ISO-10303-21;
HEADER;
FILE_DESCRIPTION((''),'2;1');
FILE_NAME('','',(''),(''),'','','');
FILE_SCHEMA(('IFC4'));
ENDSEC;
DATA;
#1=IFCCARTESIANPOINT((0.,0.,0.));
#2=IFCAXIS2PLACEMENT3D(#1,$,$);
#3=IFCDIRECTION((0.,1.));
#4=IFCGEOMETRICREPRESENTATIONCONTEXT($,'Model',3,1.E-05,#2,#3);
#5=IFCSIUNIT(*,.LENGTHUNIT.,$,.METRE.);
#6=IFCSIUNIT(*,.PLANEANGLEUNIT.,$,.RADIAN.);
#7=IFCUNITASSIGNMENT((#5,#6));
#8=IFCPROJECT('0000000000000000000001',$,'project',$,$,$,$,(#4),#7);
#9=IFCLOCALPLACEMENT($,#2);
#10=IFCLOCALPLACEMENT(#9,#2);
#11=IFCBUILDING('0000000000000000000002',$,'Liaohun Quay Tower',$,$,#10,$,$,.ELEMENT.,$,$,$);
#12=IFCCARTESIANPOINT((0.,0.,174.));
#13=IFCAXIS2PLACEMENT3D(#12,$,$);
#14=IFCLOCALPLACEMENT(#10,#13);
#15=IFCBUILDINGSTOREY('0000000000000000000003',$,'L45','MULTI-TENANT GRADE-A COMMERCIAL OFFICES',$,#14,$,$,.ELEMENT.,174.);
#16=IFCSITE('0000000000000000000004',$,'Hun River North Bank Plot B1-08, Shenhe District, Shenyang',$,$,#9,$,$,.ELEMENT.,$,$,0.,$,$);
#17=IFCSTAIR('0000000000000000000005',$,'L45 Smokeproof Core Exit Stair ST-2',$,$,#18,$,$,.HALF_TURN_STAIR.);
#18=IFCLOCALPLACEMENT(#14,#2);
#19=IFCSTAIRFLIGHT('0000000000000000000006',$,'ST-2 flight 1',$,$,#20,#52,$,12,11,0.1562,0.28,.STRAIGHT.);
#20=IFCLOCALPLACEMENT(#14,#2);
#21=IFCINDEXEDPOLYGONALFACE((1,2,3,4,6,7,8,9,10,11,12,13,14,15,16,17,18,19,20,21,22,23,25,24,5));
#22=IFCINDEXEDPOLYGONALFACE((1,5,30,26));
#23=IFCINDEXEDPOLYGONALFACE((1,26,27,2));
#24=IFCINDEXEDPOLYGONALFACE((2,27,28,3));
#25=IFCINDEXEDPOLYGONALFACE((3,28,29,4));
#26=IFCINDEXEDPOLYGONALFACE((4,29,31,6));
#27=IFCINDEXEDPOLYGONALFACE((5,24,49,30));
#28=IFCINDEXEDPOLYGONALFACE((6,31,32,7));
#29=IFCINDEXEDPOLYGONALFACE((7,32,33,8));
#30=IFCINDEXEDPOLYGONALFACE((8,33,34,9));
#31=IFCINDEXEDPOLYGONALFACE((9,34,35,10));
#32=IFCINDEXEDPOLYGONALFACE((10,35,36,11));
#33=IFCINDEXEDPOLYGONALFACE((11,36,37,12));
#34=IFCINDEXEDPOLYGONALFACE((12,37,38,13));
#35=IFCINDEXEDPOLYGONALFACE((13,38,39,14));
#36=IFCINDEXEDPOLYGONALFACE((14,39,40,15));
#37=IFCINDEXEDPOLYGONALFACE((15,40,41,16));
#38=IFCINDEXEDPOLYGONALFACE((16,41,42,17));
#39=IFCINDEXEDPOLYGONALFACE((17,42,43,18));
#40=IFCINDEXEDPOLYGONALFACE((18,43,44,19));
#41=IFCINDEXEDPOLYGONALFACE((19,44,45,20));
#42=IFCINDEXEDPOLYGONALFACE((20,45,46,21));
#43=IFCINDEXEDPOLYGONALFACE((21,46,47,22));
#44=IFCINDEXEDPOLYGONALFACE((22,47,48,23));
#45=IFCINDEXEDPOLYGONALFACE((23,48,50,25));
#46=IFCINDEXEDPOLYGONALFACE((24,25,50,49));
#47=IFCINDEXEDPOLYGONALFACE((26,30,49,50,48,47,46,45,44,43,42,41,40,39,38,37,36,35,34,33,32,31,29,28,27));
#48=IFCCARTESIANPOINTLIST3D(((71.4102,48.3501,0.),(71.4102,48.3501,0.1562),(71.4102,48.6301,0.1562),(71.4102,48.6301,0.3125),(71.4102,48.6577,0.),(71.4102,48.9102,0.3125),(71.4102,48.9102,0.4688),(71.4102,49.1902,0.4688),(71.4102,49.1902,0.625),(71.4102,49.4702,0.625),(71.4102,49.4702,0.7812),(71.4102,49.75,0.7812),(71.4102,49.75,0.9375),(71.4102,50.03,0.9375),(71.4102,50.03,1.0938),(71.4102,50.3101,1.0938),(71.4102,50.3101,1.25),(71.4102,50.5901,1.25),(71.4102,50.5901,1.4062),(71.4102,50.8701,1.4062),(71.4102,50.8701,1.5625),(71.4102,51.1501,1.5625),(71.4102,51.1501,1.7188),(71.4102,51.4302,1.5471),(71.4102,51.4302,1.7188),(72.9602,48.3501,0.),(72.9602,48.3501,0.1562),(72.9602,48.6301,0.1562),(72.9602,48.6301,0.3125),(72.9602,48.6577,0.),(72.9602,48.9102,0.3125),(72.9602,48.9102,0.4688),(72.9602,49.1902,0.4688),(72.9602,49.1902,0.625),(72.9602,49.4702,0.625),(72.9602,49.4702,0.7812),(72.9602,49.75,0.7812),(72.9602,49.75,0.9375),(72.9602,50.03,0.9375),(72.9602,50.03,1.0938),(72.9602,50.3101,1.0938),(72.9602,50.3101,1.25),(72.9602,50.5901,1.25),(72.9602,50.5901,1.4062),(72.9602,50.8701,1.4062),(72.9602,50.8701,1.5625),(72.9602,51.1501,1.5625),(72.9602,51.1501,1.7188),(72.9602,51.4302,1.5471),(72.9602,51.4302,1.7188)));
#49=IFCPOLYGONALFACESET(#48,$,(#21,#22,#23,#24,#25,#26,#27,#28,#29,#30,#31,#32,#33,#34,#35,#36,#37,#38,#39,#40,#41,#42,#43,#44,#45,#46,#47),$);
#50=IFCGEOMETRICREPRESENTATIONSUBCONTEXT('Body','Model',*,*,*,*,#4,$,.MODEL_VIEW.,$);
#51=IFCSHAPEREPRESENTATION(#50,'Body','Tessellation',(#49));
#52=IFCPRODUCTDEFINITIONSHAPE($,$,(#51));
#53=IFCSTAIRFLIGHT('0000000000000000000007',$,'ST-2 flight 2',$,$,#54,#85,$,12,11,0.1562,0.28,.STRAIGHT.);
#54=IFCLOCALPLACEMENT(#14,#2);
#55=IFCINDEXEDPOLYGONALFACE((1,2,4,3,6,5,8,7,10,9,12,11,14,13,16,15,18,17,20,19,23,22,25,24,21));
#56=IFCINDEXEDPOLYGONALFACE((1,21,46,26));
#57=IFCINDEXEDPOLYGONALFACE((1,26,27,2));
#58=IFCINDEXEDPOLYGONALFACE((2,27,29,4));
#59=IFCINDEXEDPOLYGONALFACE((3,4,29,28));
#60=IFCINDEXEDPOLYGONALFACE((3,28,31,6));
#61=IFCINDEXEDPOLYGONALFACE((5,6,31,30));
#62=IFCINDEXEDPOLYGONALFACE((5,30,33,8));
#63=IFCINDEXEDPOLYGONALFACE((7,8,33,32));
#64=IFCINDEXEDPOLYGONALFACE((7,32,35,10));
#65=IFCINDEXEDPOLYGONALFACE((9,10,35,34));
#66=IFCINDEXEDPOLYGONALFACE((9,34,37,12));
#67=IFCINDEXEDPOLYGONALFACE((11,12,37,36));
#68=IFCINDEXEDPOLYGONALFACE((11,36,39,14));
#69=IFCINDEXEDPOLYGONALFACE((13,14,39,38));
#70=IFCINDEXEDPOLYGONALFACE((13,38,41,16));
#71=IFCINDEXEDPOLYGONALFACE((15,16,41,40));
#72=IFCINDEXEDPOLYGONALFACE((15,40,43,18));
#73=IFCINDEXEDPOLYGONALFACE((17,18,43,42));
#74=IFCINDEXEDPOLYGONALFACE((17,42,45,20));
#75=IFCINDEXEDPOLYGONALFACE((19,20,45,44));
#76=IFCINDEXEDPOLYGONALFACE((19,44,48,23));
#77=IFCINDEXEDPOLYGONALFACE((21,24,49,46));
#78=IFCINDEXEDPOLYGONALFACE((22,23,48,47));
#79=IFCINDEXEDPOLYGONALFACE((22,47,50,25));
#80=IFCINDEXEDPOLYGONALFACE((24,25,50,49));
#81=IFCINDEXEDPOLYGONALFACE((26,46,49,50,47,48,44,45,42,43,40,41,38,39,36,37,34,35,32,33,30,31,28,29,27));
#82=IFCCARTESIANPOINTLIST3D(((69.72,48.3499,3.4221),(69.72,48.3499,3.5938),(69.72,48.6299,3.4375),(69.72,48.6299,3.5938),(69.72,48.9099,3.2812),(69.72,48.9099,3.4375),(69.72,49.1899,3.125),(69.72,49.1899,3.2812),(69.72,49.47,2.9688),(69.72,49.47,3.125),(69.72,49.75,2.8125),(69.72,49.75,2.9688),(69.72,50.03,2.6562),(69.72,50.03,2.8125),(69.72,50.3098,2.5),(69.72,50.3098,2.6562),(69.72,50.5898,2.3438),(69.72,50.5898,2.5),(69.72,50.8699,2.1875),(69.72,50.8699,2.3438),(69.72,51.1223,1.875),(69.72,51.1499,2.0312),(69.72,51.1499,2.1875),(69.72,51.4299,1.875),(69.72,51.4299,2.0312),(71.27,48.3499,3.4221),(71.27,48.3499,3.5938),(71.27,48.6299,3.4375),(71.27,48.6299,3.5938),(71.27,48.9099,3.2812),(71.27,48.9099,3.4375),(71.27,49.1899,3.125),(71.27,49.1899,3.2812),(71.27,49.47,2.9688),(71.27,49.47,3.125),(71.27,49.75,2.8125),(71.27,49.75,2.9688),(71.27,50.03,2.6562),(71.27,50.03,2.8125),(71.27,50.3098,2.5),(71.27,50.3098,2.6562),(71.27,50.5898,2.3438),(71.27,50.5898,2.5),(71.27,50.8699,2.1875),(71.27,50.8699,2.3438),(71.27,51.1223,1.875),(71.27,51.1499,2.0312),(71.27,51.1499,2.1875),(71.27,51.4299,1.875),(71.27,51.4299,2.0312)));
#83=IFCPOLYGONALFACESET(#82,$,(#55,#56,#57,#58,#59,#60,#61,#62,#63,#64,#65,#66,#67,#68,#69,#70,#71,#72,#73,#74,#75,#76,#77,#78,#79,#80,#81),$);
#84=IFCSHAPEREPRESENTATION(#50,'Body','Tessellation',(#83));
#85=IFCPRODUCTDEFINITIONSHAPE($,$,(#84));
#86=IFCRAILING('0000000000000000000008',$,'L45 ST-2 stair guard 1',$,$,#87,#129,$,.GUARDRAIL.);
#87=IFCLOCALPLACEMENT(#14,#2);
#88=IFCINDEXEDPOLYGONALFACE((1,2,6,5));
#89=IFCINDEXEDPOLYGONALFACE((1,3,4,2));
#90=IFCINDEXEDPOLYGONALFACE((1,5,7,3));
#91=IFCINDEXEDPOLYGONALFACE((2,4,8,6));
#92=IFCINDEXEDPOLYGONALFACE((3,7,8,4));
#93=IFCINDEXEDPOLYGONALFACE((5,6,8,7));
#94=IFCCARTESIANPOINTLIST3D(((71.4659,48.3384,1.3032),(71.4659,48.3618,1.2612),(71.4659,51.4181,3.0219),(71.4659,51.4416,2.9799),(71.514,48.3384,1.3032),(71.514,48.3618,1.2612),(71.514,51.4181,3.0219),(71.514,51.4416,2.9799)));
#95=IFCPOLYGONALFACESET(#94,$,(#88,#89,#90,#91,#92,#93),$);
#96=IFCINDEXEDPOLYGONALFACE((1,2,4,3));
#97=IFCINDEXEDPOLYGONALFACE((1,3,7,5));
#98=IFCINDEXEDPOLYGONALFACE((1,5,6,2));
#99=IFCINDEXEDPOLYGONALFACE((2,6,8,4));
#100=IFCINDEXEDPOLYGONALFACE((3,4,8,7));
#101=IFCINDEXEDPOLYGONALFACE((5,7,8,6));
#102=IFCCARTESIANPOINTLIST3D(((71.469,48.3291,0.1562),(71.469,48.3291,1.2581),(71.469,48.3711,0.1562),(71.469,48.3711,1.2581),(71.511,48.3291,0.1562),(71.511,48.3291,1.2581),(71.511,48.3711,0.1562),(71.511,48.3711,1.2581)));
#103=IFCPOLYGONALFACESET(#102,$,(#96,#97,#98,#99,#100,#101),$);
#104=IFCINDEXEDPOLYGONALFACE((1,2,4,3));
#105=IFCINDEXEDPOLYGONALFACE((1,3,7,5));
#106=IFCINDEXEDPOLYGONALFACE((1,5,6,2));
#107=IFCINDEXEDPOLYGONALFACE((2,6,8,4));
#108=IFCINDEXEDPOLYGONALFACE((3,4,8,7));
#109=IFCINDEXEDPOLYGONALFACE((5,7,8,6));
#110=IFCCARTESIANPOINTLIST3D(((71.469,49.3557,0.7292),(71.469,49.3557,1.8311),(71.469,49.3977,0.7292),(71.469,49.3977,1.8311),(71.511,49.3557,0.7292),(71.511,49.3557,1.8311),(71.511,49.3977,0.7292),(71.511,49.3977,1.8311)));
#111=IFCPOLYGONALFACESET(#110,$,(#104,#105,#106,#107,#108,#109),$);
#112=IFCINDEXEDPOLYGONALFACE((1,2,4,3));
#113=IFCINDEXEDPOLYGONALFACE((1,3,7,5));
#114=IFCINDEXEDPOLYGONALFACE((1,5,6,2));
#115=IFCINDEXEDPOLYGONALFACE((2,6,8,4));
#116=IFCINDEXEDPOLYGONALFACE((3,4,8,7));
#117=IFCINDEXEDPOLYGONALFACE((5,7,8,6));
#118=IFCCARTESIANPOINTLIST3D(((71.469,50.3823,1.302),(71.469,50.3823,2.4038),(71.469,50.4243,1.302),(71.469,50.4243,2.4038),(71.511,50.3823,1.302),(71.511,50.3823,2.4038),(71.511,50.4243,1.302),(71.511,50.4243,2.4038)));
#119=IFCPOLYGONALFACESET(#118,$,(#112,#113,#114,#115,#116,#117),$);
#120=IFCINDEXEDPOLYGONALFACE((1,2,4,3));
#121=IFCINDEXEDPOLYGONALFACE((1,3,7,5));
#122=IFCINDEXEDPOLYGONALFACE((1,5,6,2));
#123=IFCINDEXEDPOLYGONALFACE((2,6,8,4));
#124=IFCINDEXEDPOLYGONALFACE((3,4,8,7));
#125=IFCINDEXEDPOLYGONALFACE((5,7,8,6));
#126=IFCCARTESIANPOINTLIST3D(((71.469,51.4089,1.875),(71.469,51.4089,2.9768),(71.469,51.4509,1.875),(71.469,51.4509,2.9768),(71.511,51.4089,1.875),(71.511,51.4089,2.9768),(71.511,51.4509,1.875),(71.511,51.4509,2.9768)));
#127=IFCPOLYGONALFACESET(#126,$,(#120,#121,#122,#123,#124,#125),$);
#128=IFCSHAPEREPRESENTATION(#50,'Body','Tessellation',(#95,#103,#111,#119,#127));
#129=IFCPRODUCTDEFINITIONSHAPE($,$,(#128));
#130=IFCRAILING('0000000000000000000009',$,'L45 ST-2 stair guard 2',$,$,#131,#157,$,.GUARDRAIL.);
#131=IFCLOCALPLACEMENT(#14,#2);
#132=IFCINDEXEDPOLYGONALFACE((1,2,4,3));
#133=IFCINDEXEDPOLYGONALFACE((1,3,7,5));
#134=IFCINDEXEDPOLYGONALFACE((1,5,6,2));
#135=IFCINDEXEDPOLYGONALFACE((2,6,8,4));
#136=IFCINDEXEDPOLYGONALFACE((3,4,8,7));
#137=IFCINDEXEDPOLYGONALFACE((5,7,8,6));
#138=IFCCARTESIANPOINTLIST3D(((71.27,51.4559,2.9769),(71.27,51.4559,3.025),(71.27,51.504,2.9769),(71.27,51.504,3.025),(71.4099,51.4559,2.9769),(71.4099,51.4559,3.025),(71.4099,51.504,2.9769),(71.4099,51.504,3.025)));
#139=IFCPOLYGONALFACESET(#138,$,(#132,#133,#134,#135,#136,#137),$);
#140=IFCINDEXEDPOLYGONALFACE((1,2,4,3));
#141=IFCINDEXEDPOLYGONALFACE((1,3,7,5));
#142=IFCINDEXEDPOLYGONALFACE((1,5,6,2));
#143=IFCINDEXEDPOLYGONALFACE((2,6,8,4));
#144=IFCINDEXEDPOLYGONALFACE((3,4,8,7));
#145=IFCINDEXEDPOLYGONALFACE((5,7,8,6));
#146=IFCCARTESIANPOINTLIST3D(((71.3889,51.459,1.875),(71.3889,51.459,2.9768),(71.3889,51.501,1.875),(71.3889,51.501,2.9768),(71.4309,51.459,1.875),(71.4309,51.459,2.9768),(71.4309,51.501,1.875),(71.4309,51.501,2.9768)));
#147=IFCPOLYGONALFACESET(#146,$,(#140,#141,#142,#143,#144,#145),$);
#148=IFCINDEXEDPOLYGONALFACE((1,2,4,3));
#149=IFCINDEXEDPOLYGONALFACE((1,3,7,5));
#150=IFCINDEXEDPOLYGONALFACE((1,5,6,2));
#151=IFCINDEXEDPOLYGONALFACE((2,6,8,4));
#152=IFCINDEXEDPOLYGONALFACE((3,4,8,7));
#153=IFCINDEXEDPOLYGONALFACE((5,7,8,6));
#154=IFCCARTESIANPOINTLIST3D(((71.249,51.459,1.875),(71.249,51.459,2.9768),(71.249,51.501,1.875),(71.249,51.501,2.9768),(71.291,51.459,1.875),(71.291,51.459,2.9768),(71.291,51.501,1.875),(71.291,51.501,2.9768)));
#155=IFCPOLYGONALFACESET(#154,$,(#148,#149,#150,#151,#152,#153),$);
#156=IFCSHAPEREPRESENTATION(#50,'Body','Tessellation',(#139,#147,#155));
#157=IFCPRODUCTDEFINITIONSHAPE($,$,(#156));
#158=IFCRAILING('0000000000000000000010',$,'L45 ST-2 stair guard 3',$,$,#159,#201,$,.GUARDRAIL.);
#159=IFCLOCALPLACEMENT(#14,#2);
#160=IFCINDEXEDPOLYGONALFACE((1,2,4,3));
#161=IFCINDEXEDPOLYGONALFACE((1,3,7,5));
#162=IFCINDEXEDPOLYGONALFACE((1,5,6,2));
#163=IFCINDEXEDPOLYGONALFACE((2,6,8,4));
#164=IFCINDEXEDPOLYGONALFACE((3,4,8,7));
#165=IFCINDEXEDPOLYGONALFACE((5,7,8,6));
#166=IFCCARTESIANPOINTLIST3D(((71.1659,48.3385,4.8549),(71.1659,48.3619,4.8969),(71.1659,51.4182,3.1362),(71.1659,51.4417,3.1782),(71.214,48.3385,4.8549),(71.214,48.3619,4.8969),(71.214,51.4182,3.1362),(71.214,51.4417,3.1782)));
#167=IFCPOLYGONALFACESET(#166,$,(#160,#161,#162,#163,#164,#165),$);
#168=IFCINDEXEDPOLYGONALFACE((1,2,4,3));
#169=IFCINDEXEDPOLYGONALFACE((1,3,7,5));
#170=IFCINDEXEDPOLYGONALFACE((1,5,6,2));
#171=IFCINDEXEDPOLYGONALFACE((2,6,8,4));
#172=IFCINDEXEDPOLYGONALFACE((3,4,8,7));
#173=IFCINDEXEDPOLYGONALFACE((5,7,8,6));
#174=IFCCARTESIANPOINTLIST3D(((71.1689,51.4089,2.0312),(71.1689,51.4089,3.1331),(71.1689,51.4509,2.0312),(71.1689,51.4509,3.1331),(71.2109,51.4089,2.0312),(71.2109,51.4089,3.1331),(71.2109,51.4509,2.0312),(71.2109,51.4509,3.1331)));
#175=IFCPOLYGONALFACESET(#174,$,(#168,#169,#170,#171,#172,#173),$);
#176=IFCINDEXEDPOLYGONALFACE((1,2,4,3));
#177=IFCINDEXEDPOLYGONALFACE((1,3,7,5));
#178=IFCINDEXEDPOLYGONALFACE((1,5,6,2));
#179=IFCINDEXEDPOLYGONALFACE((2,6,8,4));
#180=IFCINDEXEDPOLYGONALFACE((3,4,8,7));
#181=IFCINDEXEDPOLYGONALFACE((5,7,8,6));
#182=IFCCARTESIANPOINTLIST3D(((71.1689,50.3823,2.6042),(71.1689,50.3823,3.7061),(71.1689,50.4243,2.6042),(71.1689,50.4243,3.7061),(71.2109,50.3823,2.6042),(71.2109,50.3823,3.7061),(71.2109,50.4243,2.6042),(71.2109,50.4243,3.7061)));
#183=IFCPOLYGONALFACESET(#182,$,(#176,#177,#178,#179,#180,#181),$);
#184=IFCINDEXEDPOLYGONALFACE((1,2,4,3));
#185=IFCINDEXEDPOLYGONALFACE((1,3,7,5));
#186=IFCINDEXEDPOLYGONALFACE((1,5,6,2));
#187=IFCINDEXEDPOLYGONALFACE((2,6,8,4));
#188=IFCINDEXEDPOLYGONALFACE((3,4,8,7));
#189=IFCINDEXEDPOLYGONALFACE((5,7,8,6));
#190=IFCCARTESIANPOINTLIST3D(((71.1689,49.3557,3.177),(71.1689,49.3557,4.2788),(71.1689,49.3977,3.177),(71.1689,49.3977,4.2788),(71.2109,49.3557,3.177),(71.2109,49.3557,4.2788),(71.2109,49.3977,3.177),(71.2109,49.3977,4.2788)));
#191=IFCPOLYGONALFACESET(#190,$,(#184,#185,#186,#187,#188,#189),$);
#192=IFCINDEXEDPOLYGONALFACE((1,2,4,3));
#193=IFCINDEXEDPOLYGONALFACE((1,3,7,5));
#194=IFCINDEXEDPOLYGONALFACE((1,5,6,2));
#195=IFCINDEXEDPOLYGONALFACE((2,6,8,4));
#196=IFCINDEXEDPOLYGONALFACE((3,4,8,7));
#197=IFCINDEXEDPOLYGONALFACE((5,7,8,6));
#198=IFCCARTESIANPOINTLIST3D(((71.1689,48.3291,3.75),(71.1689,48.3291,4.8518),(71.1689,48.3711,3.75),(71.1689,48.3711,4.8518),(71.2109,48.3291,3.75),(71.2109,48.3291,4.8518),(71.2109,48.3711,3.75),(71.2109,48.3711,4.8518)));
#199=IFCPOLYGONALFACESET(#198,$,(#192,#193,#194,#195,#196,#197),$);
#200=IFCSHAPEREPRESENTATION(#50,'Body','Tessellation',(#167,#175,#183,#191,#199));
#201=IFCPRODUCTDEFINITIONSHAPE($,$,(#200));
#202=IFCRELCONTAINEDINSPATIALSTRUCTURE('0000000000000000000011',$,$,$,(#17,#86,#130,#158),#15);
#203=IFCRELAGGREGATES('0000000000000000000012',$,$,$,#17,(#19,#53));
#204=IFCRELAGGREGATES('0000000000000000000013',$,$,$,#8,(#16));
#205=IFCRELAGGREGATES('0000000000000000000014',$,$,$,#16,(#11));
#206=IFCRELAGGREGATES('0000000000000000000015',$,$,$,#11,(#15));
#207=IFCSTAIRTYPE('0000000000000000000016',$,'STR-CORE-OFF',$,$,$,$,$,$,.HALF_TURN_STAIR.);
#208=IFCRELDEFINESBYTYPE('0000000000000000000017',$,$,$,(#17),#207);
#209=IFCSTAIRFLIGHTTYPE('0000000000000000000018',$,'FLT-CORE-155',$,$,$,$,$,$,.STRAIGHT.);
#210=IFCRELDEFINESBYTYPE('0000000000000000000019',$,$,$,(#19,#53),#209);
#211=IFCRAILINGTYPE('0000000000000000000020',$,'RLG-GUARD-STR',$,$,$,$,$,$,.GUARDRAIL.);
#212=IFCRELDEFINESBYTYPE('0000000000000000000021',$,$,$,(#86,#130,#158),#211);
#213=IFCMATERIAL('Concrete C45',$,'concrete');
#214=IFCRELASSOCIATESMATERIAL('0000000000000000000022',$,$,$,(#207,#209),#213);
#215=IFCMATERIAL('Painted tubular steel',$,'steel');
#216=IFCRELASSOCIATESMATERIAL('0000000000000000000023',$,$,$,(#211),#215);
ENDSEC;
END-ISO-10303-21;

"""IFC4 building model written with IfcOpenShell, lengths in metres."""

from ifc_helpers import new_model, si_unit, direction, frame, origin, origin_2d, place, context, subcontext, project, spatial, polyline, rectangle, outline, extrude, material, type_object, element, aggregate, save


model = new_model("IFC4")

# Units and contexts
model_context = context("Model", 3, precision=1e-05, world=origin(), true_north=direction((0.0, 1.0)))
body_context = subcontext(model_context, "Body", "Model", "MODEL_VIEW")
ifc_project = project(units=[si_unit("LENGTHUNIT", "METRE"), si_unit("PLANEANGLEUNIT", "RADIAN")], contexts=[model_context])

# Site, building, storey
site_placement = place(None, origin())
site = spatial("IfcSite", under=ifc_project, at=site_placement, Name="Hun River North Bank Plot B1-08, Shenhe District, Shenyang", CompositionType="ELEMENT", RefElevation=0.0)
building_placement = place(site_placement, origin())
building = spatial("IfcBuilding", under=site, at=building_placement, Name="Liaohun Quay Tower", CompositionType="ELEMENT")
storey_placement = place(building_placement, frame((0.0, 0.0, 174.0)))
storey = spatial("IfcBuildingStorey", under=building, at=storey_placement, Name="L45", Description="MULTI-TENANT GRADE-A COMMERCIAL OFFICES", CompositionType="ELEMENT", Elevation=174.0)

# Stair, stair flights
ifc_material_1 = material(Name="Concrete C45", Category="concrete")
stair_type = type_object("IfcStairType", Name="STR-CORE-OFF", PredefinedType="HALF_TURN_STAIR", material=ifc_material_1)
stair_placement = place(storey_placement, origin())
stair = element("IfcStair", 1, at=stair_placement, inside=storey, type_object=stair_type, Name="L45 Smokeproof Core Exit Stair ST-2", PredefinedType="HALF_TURN_STAIR")
stair_flight_type = type_object("IfcStairFlightType", Name="FLT-CORE-155", PredefinedType="STRAIGHT", material=ifc_material_1)
stair_flight_1_placement = place(storey_placement, frame((72.1851, 48.3501, 0.0), z_axis=(0.0, 0.0, 1.0), x_axis=(0.0, 1.0, 0.0)))
stair_flight_1 = element("IfcStairFlight", 2, at=stair_flight_1_placement, type_object=stair_flight_type, Name="ST-2 flight 1", NumberOfRisers=12, NumberOfTreads=11, PredefinedType="STRAIGHT", RiserHeight=0.1562, TreadLength=0.28, context=body_context, shape_type="SweptSolid", body=[
    extrude(outline(polyline([(0.0, 0.0), (0.0, 0.1562), (0.28, 0.1562), (0.28, 0.3125), (0.5601, 0.3125), (0.5601, 0.4688), (0.8401, 0.4688), (0.8401, 0.625), (1.1201, 0.625), (1.1201, 0.7812), (1.3999, 0.7812), (1.3999, 0.9375), (1.6799, 0.9375), (1.6799, 1.0938), (1.96, 1.0938), (1.96, 1.25), (2.24, 1.25), (2.24, 1.4062), (2.52, 1.4062), (2.52, 1.5625), (2.8, 1.5625), (2.8, 1.7188), (3.0801, 1.7188), (3.0801, 1.875), (3.0801, 1.5471), (0.3076, 0.0), (0.0, 0.0)])), frame((0.0, 0.7749, 0.0), z_axis=(0.0, -1.0, 0.0), x_axis=(1.0, 0.0, 0.0)), (0.0, 0.0, 1.0), 1.55),
])
stair_flight_2_placement = place(storey_placement, frame((70.4951, 51.4299, 1.875), z_axis=(0.0, 0.0, 1.0), x_axis=(0.0, -1.0, 0.0)))
stair_flight_2 = element("IfcStairFlight", 3, at=stair_flight_2_placement, type_object=stair_flight_type, Name="ST-2 flight 2", NumberOfRisers=12, NumberOfTreads=11, PredefinedType="STRAIGHT", RiserHeight=0.1562, TreadLength=0.28, context=body_context, shape_type="SweptSolid", body=[
    extrude(outline(polyline([(0.0, 0.0), (0.0, 0.1562), (0.28, 0.1562), (0.28, 0.3125), (0.5601, 0.3125), (0.5601, 0.4688), (0.8401, 0.4688), (0.8401, 0.625), (1.1201, 0.625), (1.1201, 0.7812), (1.3999, 0.7812), (1.3999, 0.9375), (1.6799, 0.9375), (1.6799, 1.0938), (1.96, 1.0938), (1.96, 1.25), (2.24, 1.25), (2.24, 1.4062), (2.52, 1.4062), (2.52, 1.5625), (2.8, 1.5625), (2.8, 1.7188), (3.0801, 1.7188), (3.0801, 1.875), (3.0801, 1.5471), (0.3076, 0.0), (0.0, 0.0)])), frame((0.0, 0.7749, 0.0), z_axis=(0.0, -1.0, 0.0), x_axis=(1.0, 0.0, 0.0)), (0.0, 0.0, 1.0), 1.55),
])
aggregate(stair, [stair_flight_1, stair_flight_2])

# Railings
ifc_material_2 = material(Name="Painted tubular steel", Category="steel")
railing_type_1 = type_object("IfcRailingType", Name="RLG-GUARD-STR", PredefinedType="GUARDRAIL", material=ifc_material_2)
railing_1_placement = place(storey_placement, frame((71.49, 48.3501, 0.1562)))
element("IfcRailing", 4, at=railing_1_placement, inside=storey, type_object=railing_type_1, Name="L45 ST-2 stair guard 1", PredefinedType="GUARDRAIL", context=body_context, shape_type="SweptSolid", body=[
    extrude(rectangle(XDim=0.0481, YDim=0.0481, at=origin_2d()), frame((0.0, 0.0, 1.126), z_axis=(0.0, 0.873225, 0.487317), x_axis=(-1.0, 0.0, 0.0)), (0.0, 0.0, 1.0), 3.5269),
    extrude(rectangle(XDim=0.042, YDim=0.042, at=origin_2d()), origin(), (0.0, 0.0, 1.0), 1.1018),
    extrude(rectangle(XDim=0.042, YDim=0.042, at=origin_2d()), frame((0.0, 1.0266, 0.573)), (0.0, 0.0, 1.0), 1.1018),
    extrude(rectangle(XDim=0.042, YDim=0.042, at=origin_2d()), frame((0.0, 2.0532, 1.1458)), (0.0, 0.0, 1.0), 1.1018),
    extrude(rectangle(XDim=0.042, YDim=0.042, at=origin_2d()), frame((0.0, 3.0798, 1.7188)), (0.0, 0.0, 1.0), 1.1018),
])
railing_2_placement = place(storey_placement, frame((71.4099, 51.48, 1.875)))
element("IfcRailing", 5, at=railing_2_placement, inside=storey, type_object=railing_type_1, Name="L45 ST-2 stair guard 2", PredefinedType="GUARDRAIL", context=body_context, shape_type="SweptSolid", body=[
    extrude(rectangle(XDim=0.0481, YDim=0.0481, at=origin_2d()), frame((0.0, 0.0, 1.126), z_axis=(-1.0, 0.0, 0.0), x_axis=(0.0, -1.0, 0.0)), (0.0, 0.0, 1.0), 0.1399),
    extrude(rectangle(XDim=0.042, YDim=0.042, at=origin_2d()), origin(), (0.0, 0.0, 1.0), 1.1018),
    extrude(rectangle(XDim=0.042, YDim=0.042, at=origin_2d()), frame((-0.1399, 0.0, 0.0)), (0.0, 0.0, 1.0), 1.1018),
])
railing_3_placement = place(storey_placement, frame((71.1899, 51.4299, 2.0312)))
element("IfcRailing", 6, at=railing_3_placement, inside=storey, type_object=railing_type_1, Name="L45 ST-2 stair guard 3", PredefinedType="GUARDRAIL", context=body_context, shape_type="SweptSolid", body=[
    extrude(rectangle(XDim=0.0481, YDim=0.0481, at=origin_2d()), frame((0.0, 0.0, 1.126), z_axis=(0.0, -0.873225, 0.487317), x_axis=(1.0, 0.0, 0.0)), (0.0, 0.0, 1.0), 3.5269),
    extrude(rectangle(XDim=0.042, YDim=0.042, at=origin_2d()), origin(), (0.0, 0.0, 1.0), 1.1018),
    extrude(rectangle(XDim=0.042, YDim=0.042, at=origin_2d()), frame((0.0, -1.0266, 0.573)), (0.0, 0.0, 1.0), 1.1018),
    extrude(rectangle(XDim=0.042, YDim=0.042, at=origin_2d()), frame((0.0, -2.0532, 1.1458)), (0.0, 0.0, 1.0), 1.1018),
    extrude(rectangle(XDim=0.042, YDim=0.042, at=origin_2d()), frame((0.0, -3.0798, 1.7188)), (0.0, 0.0, 1.0), 1.1018),
])

save(model, "model.ifc")
